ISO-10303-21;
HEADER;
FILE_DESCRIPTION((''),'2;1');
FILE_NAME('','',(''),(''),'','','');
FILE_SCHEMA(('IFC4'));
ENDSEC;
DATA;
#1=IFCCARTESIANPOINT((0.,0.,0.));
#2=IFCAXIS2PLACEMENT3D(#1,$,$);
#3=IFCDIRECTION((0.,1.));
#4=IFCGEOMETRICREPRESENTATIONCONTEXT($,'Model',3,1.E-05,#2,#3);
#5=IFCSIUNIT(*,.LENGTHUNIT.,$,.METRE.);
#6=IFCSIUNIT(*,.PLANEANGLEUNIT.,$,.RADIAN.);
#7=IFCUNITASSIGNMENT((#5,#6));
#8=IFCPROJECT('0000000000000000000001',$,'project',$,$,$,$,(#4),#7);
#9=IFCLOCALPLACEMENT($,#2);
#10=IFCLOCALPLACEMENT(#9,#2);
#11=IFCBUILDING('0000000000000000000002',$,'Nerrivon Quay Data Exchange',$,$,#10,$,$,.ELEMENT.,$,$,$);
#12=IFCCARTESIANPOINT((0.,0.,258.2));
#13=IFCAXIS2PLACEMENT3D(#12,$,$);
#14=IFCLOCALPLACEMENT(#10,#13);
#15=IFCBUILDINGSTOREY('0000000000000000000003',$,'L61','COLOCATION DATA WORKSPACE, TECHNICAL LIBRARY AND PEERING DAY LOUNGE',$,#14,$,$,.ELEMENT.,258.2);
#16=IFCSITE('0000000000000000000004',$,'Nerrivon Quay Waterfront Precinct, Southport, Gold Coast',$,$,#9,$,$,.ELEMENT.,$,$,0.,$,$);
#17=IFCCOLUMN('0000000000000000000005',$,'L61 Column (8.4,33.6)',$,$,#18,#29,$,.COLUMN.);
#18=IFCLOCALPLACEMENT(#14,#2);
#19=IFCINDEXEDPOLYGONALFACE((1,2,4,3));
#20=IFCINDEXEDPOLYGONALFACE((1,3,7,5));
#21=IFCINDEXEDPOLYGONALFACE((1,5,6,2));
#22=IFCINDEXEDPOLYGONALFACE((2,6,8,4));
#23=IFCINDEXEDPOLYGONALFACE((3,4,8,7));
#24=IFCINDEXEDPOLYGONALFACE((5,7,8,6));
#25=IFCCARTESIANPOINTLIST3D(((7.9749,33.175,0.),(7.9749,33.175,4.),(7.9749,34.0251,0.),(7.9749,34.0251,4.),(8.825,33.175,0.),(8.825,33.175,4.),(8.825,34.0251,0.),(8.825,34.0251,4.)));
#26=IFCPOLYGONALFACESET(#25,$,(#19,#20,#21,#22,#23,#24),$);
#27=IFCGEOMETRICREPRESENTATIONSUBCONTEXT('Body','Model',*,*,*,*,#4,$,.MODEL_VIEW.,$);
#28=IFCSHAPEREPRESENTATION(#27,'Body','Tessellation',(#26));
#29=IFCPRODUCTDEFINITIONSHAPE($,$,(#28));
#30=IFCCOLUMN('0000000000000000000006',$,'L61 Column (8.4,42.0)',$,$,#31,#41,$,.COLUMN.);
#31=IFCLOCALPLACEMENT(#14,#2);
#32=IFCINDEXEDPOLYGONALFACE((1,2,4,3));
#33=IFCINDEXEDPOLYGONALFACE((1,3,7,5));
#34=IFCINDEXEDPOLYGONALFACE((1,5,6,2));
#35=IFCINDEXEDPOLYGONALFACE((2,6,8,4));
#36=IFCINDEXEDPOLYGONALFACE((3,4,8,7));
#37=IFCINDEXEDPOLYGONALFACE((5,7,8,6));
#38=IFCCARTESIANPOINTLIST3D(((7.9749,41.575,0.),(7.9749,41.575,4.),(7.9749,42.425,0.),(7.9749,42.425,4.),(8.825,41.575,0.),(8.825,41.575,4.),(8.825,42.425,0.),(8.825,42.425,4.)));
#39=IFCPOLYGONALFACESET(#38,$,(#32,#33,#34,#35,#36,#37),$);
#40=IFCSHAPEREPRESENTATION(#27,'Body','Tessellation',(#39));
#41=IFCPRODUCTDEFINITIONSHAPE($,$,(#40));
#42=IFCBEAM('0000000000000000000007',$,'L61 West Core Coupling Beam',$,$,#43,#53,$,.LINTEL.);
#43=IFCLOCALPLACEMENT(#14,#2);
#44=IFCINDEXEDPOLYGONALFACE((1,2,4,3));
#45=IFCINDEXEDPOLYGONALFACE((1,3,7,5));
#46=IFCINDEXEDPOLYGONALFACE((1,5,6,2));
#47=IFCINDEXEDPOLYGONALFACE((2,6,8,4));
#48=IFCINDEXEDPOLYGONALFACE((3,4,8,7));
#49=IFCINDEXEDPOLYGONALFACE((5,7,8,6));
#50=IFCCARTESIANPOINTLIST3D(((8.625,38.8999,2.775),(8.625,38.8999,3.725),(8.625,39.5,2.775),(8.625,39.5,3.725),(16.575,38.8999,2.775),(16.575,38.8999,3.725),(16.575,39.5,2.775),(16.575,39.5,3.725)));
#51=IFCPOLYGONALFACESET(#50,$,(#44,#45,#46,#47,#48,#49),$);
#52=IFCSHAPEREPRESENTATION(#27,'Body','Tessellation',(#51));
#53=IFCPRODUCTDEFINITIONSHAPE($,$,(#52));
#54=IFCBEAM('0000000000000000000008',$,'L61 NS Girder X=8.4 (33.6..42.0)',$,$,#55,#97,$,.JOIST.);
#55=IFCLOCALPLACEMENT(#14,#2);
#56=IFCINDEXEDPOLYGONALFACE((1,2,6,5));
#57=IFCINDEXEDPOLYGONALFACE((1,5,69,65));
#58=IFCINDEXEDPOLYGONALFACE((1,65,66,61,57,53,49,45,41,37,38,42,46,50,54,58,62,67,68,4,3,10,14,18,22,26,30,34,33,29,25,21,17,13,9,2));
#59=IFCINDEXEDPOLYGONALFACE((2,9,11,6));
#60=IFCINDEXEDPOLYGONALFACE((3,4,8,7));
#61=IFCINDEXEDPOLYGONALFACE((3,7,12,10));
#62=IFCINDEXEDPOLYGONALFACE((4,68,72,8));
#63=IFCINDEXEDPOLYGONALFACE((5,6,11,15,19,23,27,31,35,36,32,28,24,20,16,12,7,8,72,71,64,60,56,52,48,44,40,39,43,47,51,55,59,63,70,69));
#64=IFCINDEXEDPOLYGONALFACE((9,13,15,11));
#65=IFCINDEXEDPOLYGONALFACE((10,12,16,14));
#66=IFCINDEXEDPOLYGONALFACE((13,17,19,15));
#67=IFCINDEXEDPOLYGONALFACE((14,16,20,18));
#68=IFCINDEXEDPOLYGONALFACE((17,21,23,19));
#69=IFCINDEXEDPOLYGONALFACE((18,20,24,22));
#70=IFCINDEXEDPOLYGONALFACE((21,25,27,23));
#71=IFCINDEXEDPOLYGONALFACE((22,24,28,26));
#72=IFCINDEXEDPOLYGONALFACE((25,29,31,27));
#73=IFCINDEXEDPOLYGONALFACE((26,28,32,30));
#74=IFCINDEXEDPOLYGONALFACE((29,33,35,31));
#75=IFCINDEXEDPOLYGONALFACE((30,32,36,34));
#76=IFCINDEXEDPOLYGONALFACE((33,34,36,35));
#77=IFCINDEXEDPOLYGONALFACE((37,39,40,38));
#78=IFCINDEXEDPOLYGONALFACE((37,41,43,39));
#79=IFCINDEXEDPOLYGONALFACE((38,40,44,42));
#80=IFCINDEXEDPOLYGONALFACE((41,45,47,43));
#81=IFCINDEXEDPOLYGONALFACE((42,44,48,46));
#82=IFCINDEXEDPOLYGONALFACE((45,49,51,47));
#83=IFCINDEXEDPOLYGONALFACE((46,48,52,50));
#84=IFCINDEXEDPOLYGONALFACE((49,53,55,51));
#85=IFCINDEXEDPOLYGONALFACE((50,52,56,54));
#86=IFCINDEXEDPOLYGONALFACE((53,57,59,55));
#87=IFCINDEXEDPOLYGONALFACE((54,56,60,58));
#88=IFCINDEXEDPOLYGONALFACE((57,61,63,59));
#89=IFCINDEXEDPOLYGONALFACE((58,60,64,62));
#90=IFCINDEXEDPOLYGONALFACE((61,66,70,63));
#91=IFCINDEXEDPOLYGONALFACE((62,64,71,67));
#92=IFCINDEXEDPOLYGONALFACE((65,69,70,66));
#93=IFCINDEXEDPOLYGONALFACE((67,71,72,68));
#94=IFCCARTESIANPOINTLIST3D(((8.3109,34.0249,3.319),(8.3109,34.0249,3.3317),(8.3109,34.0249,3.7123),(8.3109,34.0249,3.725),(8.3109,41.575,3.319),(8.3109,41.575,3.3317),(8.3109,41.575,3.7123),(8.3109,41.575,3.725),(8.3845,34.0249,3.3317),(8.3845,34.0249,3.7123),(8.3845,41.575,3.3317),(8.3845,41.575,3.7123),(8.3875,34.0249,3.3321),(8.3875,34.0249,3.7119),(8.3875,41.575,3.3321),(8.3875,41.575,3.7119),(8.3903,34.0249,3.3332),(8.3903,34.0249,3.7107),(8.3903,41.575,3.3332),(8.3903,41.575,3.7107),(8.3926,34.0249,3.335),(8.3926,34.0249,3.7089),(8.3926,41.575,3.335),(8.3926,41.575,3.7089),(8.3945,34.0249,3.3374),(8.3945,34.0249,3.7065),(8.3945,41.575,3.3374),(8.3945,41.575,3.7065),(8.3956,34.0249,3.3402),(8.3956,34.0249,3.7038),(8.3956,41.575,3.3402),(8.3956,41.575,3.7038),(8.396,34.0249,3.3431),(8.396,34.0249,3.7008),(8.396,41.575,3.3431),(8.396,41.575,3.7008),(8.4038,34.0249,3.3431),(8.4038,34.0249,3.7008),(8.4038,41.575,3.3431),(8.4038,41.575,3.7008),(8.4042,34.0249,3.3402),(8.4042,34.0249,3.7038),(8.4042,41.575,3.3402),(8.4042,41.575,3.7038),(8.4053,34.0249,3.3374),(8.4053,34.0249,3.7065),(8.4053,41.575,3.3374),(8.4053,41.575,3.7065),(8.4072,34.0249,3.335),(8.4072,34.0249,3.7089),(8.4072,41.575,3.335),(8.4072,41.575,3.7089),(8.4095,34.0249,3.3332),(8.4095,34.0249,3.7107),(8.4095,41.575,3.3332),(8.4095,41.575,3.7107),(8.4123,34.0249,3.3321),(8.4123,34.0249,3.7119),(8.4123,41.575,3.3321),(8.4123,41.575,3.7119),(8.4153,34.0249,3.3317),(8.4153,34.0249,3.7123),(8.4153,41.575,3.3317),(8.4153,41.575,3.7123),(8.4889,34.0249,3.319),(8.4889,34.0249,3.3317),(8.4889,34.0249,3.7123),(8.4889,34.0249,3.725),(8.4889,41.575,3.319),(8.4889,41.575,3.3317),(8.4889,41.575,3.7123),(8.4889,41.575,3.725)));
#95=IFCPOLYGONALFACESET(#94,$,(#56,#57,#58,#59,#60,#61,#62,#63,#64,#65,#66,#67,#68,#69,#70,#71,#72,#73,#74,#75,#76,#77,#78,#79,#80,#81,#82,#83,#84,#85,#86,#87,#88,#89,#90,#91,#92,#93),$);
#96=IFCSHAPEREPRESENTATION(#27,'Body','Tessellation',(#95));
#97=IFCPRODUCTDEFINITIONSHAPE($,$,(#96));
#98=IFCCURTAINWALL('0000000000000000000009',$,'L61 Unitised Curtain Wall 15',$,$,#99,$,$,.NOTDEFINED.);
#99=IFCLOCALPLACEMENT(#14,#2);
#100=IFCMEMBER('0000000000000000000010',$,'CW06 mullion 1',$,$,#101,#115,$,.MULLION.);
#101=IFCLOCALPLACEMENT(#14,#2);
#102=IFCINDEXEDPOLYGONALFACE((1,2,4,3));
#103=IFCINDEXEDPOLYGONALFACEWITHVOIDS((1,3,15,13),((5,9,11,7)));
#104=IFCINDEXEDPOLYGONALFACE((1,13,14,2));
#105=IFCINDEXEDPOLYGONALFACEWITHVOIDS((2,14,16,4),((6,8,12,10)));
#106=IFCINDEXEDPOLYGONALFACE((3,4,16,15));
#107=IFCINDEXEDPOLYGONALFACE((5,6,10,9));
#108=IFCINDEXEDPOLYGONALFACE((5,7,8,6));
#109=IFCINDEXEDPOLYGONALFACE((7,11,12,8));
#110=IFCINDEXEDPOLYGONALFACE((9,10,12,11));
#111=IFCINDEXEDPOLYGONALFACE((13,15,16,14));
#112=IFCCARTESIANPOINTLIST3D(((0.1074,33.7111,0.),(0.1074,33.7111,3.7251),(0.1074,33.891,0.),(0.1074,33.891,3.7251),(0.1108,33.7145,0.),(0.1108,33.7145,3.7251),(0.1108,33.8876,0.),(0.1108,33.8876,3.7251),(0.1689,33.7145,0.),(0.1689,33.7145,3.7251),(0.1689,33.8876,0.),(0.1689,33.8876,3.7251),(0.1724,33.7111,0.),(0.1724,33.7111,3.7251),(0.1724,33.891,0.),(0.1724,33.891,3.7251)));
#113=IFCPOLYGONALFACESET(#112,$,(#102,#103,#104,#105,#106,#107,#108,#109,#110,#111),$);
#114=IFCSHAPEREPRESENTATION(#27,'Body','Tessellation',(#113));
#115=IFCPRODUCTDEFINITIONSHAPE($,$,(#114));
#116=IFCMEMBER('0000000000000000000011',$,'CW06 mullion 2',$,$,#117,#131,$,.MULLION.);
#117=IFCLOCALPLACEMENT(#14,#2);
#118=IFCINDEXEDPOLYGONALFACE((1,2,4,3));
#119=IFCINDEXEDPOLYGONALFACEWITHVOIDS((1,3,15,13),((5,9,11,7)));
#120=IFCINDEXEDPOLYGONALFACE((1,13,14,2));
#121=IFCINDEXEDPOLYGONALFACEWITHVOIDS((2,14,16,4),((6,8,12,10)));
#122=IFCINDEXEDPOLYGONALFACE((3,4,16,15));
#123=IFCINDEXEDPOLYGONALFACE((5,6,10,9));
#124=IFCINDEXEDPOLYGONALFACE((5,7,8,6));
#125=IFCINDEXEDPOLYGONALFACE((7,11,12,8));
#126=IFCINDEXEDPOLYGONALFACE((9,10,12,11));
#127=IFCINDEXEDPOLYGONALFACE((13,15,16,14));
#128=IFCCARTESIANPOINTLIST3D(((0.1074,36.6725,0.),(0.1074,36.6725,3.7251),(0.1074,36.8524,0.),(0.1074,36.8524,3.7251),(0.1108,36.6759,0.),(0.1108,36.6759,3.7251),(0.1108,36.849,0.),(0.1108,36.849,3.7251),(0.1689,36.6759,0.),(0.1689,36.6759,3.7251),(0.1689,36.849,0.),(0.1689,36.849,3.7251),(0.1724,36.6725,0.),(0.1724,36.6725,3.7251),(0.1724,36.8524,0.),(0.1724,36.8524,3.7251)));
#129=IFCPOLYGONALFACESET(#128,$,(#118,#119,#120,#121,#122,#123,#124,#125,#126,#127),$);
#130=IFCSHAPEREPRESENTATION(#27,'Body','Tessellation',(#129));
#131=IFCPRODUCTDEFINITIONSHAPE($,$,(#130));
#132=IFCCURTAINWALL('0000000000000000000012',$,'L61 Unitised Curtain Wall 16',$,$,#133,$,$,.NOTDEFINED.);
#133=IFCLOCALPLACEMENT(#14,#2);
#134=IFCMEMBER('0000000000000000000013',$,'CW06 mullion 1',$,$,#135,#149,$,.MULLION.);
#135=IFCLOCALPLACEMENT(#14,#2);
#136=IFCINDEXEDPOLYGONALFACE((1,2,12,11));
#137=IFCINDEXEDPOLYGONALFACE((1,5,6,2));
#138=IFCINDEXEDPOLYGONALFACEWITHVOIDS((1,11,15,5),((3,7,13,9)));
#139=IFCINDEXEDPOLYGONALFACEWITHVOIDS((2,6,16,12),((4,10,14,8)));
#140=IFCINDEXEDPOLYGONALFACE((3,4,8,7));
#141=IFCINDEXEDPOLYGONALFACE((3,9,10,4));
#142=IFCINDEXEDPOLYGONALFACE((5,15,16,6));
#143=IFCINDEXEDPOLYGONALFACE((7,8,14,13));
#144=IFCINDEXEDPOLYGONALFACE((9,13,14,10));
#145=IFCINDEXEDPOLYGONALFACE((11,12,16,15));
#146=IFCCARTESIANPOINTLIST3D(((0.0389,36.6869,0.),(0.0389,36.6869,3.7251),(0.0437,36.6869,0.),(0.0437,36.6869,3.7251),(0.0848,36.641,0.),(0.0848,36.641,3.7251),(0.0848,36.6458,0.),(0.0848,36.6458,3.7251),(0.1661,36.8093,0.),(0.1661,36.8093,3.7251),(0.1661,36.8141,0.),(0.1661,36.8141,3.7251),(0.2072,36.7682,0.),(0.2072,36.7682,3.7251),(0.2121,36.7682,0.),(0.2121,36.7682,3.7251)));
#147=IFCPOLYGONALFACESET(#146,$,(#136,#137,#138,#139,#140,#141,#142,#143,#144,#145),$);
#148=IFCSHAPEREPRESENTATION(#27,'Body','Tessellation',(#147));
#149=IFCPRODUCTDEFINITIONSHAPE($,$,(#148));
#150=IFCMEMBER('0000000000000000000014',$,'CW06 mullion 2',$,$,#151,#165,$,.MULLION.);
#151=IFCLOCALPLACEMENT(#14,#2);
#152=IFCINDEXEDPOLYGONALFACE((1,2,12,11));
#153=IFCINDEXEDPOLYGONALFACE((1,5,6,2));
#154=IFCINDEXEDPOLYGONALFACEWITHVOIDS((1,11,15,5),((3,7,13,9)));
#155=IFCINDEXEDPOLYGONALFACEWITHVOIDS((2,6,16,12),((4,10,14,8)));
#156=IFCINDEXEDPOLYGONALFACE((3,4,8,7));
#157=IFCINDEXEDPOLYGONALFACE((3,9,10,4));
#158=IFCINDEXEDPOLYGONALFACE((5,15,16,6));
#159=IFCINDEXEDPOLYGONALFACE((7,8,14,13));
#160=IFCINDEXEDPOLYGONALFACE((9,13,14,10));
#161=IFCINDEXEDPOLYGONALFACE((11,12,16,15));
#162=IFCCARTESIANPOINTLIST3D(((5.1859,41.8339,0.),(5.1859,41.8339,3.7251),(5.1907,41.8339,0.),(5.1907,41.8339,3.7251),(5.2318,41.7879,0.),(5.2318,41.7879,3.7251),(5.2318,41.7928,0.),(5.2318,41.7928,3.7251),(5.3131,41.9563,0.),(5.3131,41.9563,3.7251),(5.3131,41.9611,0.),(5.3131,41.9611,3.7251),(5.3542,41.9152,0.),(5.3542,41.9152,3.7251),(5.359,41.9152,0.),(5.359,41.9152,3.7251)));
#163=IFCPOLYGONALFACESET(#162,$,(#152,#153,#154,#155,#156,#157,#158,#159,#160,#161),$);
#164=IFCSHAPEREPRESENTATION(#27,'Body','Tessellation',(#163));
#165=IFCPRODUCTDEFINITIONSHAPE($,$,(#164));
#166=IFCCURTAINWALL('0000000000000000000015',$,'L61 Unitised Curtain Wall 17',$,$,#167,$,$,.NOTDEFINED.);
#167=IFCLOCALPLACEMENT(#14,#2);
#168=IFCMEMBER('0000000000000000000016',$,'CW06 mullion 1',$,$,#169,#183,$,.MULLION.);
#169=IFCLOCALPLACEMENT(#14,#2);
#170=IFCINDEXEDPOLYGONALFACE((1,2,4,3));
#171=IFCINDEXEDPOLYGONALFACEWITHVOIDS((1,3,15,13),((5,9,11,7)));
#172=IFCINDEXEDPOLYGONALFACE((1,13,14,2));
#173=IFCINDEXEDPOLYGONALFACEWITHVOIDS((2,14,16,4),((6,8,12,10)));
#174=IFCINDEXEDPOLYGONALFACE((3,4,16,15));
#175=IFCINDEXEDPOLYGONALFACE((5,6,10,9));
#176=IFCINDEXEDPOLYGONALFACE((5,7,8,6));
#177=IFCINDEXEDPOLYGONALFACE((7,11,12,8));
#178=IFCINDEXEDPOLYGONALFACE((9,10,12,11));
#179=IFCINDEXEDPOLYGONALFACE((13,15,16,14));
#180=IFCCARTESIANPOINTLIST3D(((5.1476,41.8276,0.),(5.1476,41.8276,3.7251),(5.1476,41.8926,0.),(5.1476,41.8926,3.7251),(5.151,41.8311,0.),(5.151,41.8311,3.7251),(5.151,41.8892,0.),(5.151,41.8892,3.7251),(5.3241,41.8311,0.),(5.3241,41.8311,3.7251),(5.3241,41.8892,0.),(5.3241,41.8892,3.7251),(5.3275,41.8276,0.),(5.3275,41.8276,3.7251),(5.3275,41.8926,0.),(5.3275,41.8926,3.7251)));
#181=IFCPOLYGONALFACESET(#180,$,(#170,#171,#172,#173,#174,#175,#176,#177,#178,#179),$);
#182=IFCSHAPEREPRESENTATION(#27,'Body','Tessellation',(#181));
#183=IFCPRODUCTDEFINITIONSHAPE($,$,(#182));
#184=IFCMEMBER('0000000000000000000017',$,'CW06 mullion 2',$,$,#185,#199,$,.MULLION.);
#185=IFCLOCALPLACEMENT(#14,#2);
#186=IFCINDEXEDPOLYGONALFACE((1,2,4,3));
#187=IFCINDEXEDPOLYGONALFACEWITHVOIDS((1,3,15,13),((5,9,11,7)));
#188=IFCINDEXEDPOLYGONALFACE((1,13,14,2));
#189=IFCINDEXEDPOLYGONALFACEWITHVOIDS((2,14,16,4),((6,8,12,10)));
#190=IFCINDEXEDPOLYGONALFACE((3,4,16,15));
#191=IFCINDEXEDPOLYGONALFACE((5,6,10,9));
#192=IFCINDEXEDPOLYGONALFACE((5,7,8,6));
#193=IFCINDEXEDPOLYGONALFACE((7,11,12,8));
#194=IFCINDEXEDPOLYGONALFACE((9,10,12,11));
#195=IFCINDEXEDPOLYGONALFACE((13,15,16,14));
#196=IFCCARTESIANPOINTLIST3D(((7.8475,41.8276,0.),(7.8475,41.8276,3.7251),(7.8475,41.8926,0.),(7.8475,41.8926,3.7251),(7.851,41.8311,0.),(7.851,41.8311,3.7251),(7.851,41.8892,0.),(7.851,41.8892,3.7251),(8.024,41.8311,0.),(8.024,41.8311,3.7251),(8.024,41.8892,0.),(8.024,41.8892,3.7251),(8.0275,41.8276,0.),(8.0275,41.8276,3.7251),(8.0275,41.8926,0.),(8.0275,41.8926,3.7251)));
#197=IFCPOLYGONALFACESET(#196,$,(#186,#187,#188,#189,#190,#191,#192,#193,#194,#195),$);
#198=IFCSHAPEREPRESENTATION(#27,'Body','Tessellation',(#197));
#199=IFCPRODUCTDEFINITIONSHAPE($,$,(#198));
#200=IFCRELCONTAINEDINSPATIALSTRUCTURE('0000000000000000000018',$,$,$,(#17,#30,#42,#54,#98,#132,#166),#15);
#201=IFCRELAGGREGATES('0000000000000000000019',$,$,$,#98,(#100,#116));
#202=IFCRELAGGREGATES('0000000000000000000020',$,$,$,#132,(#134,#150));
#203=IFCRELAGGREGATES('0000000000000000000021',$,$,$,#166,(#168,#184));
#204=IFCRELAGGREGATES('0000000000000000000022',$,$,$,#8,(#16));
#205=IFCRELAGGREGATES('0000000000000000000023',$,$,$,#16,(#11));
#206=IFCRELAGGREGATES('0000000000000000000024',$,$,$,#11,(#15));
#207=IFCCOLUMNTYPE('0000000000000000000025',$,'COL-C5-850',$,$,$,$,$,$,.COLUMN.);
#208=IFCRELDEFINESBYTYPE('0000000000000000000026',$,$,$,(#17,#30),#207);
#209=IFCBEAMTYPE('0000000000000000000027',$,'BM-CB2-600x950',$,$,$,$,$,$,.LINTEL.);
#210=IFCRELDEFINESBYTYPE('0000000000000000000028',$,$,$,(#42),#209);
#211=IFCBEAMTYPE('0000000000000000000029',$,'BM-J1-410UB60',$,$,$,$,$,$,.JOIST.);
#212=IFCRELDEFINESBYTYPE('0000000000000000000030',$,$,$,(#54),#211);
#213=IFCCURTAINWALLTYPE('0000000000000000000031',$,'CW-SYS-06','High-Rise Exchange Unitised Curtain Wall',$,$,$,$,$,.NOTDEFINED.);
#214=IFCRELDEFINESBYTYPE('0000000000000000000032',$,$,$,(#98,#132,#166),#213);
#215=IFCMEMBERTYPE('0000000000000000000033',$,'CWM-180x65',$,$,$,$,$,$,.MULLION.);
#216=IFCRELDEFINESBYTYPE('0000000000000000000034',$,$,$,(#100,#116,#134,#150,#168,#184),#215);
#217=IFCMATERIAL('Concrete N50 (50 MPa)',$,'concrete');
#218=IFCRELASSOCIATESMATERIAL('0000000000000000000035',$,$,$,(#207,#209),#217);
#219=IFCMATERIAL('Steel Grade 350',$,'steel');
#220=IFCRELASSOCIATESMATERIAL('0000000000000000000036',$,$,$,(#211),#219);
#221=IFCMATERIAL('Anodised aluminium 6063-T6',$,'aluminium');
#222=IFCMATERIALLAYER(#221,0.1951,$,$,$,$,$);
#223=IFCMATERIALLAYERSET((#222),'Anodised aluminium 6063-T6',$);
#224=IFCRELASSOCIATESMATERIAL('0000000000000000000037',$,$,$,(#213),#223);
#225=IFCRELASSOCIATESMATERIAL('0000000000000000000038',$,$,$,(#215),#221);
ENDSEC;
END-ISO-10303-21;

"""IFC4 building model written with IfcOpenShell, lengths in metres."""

from ifc_helpers import new_model, si_unit, direction, frame, origin, origin_2d, place, context, subcontext, project, spatial, rectangle, hollow_rectangle, i_section, extrude, material, layer, layer_set, material_profile, profile_set, type_object, element, aggregate, save


model = new_model("IFC4")

# Units and contexts
model_context = context("Model", 3, precision=1e-05, world=origin(), true_north=direction((0.0, 1.0)))
body_context = subcontext(model_context, "Body", "Model", "MODEL_VIEW")
ifc_project = project(units=[si_unit("LENGTHUNIT", "METRE"), si_unit("PLANEANGLEUNIT", "RADIAN")], contexts=[model_context])

# Site, building, storey
site_placement = place(None, origin())
site = spatial("IfcSite", under=ifc_project, at=site_placement, Name="Nerrivon Quay Waterfront Precinct, Southport, Gold Coast", CompositionType="ELEMENT", RefElevation=0.0)
building_placement = place(site_placement, origin())
building = spatial("IfcBuilding", under=site, at=building_placement, Name="Nerrivon Quay Data Exchange", CompositionType="ELEMENT")
storey_placement = place(building_placement, frame((0.0, 0.0, 258.2)))
storey = spatial("IfcBuildingStorey", under=building, at=storey_placement, Name="L61", Description="COLOCATION DATA WORKSPACE, TECHNICAL LIBRARY AND PEERING DAY LOUNGE", CompositionType="ELEMENT", Elevation=258.2)

# Columns
ifc_material_1 = material(Name="Concrete N50 (50 MPa)", Category="concrete")
ifc_material_profile_1 = material_profile(ifc_material_1, rectangle(XDim=0.8501, YDim=0.8501, at=origin_2d()), Name="RC-COL-850x850")
ifc_profile_set_1 = profile_set([ifc_material_profile_1], Name="Concrete N50 (50 MPa)")
column_type = type_object("IfcColumnType", Name="COL-C5-850", PredefinedType="COLUMN", material=ifc_profile_set_1)
for number, where, z_axis, x_axis, name in (
    (1, (8.3999, 33.6001, 0.0), (0.0, 0.0, 1.0), (1.0, 0.0, 0.0), "L61 Column (8.4,33.6)"),
    (2, (8.3999, 42.0, 0.0), (0.0, 0.0, 1.0), (1.0, 0.0, 0.0), "L61 Column (8.4,42.0)"),
):
    element("IfcColumn", number, at=place(storey_placement, frame(where, z_axis=z_axis, x_axis=x_axis)), inside=storey, type_object=column_type, Name=name, PredefinedType="COLUMN", context=body_context, shape_type="SweptSolid", body=[
        extrude(rectangle(XDim=0.8501, YDim=0.8501, at=origin_2d()), origin(), (0.0, 0.0, 1.0), 4.0),
    ])

# Beams
ifc_material_profile_2 = material_profile(ifc_material_1, rectangle(XDim=0.6001, YDim=0.95, at=origin_2d()), Name="RC-CB-600x950")
ifc_profile_set_2 = profile_set([ifc_material_profile_2], Name="Concrete N50 (50 MPa)")
beam_type_1 = type_object("IfcBeamType", Name="BM-CB2-600x950", PredefinedType="LINTEL", material=ifc_profile_set_2)
beam_1_placement = place(storey_placement, frame((8.625, 39.2, 3.25), z_axis=(1.0, 0.0, 0.0), x_axis=(0.0, 1.0, 0.0)))
element("IfcBeam", 3, at=beam_1_placement, inside=storey, type_object=beam_type_1, Name="L61 West Core Coupling Beam", PredefinedType="LINTEL", context=body_context, shape_type="SweptSolid", body=[
    extrude(rectangle(XDim=0.6001, YDim=0.95, at=origin_2d()), origin(), (0.0, 0.0, 1.0), 7.95),
])
ifc_material_2 = material(Name="Steel Grade 350", Category="steel")
ifc_material_profile_3 = material_profile(ifc_material_2, i_section(OverallWidth=0.178, OverallDepth=0.406, WebThickness=0.0078, FlangeThickness=0.0127, FilletRadius=0.0115, at=origin_2d()), Name="410UB59.7")
ifc_profile_set_3 = profile_set([ifc_material_profile_3], Name="Steel Grade 350")
beam_type_2 = type_object("IfcBeamType", Name="BM-J1-410UB60", PredefinedType="JOIST", material=ifc_profile_set_3)
beam_2_placement = place(storey_placement, frame((8.3999, 34.0249, 3.522), z_axis=(0.0, 1.0, 0.0), x_axis=(-1.0, 0.0, 0.0)))
element("IfcBeam", 4, at=beam_2_placement, inside=storey, type_object=beam_type_2, Name="L61 NS Girder X=8.4 (33.6..42.0)", PredefinedType="JOIST", context=body_context, shape_type="SweptSolid", body=[
    extrude(i_section(OverallWidth=0.178, OverallDepth=0.406, WebThickness=0.0078, FlangeThickness=0.0127, FilletRadius=0.0115, at=origin_2d()), origin(), (0.0, 0.0, 1.0), 7.55),
])

# Curtain walls, members
ifc_material_3 = material(Name="Anodised aluminium 6063-T6", Category="aluminium")
ifc_layer_1 = layer(ifc_material_3, 0.1951)
ifc_layer_set_1 = layer_set([ifc_layer_1], Name="Anodised aluminium 6063-T6")
curtain_wall_type = type_object("IfcCurtainWallType", Name="CW-SYS-06", Description="High-Rise Exchange Unitised Curtain Wall", PredefinedType="NOTDEFINED", material=ifc_layer_set_1)
curtain_wall_1_placement = place(storey_placement, origin())
curtain_wall_1 = element("IfcCurtainWall", 5, at=curtain_wall_1_placement, inside=storey, type_object=curtain_wall_type, Name="L61 Unitised Curtain Wall 15", PredefinedType="NOTDEFINED")
ifc_material_profile_4 = material_profile(ifc_material_3, hollow_rectangle(XDim=0.0649, YDim=0.1799, WallThickness=0.0034, at=origin_2d()), Name="ALU-MULL-180x65")
ifc_profile_set_4 = profile_set([ifc_material_profile_4], Name="Anodised aluminium 6063-T6")
member_type_1 = type_object("IfcMemberType", Name="CWM-180x65", PredefinedType="MULLION", material=ifc_profile_set_4)
member_1_placement = place(storey_placement, frame((0.1399, 33.801, 0.0), z_axis=(0.0, 0.0, 1.0), x_axis=(-1.0, 0.0, 0.0)))
member_1 = element("IfcMember", 6, at=member_1_placement, type_object=member_type_1, Name="CW06 mullion 1", PredefinedType="MULLION", context=body_context, shape_type="SweptSolid", body=[
    extrude(hollow_rectangle(XDim=0.0649, YDim=0.1799, WallThickness=0.0034, at=origin_2d()), origin(), (0.0, 0.0, 1.0), 3.7251),
])
member_2_placement = place(storey_placement, frame((0.1399, 36.7625, 0.0), z_axis=(0.0, 0.0, 1.0), x_axis=(-1.0, 0.0, 0.0)))
member_2 = element("IfcMember", 7, at=member_2_placement, type_object=member_type_1, Name="CW06 mullion 2", PredefinedType="MULLION", context=body_context, shape_type="SweptSolid", body=[
    extrude(hollow_rectangle(XDim=0.0649, YDim=0.1799, WallThickness=0.0034, at=origin_2d()), origin(), (0.0, 0.0, 1.0), 3.7251),
])
curtain_wall_2_placement = place(storey_placement, origin())
curtain_wall_2 = element("IfcCurtainWall", 8, at=curtain_wall_2_placement, inside=storey, type_object=curtain_wall_type, Name="L61 Unitised Curtain Wall 16", PredefinedType="NOTDEFINED")
member_3_placement = place(storey_placement, frame((0.1255, 36.7275, 0.0), z_axis=(0.0, 0.0, 1.0), x_axis=(-0.707107, 0.707107, 0.0)))
member_3 = element("IfcMember", 9, at=member_3_placement, type_object=member_type_1, Name="CW06 mullion 1", PredefinedType="MULLION", context=body_context, shape_type="SweptSolid", body=[
    extrude(hollow_rectangle(XDim=0.0649, YDim=0.1799, WallThickness=0.0034, at=origin_2d()), origin(), (0.0, 0.0, 1.0), 3.7251),
])
member_4_placement = place(storey_placement, frame((5.2725, 41.8745, 0.0), z_axis=(0.0, 0.0, 1.0), x_axis=(-0.707107, 0.707107, 0.0)))
member_4 = element("IfcMember", 10, at=member_4_placement, type_object=member_type_1, Name="CW06 mullion 2", PredefinedType="MULLION", context=body_context, shape_type="SweptSolid", body=[
    extrude(hollow_rectangle(XDim=0.0649, YDim=0.1799, WallThickness=0.0034, at=origin_2d()), origin(), (0.0, 0.0, 1.0), 3.7251),
])
curtain_wall_3_placement = place(storey_placement, origin())
curtain_wall_3 = element("IfcCurtainWall", 11, at=curtain_wall_3_placement, inside=storey, type_object=curtain_wall_type, Name="L61 Unitised Curtain Wall 17", PredefinedType="NOTDEFINED")
member_5_placement = place(storey_placement, frame((5.2375, 41.8601, 0.0), z_axis=(0.0, 0.0, 1.0), x_axis=(0.0, 1.0, 0.0)))
member_5 = element("IfcMember", 12, at=member_5_placement, type_object=member_type_1, Name="CW06 mullion 1", PredefinedType="MULLION", context=body_context, shape_type="SweptSolid", body=[
    extrude(hollow_rectangle(XDim=0.0649, YDim=0.1799, WallThickness=0.0034, at=origin_2d()), origin(), (0.0, 0.0, 1.0), 3.7251),
])
member_6_placement = place(storey_placement, frame((7.9375, 41.8601, 0.0), z_axis=(0.0, 0.0, 1.0), x_axis=(0.0, 1.0, 0.0)))
member_6 = element("IfcMember", 13, at=member_6_placement, type_object=member_type_1, Name="CW06 mullion 2", PredefinedType="MULLION", context=body_context, shape_type="SweptSolid", body=[
    extrude(hollow_rectangle(XDim=0.0649, YDim=0.1799, WallThickness=0.0034, at=origin_2d()), origin(), (0.0, 0.0, 1.0), 3.7251),
])

aggregate(curtain_wall_1, [member_1, member_2])
aggregate(curtain_wall_2, [member_3, member_4])
aggregate(curtain_wall_3, [member_5, member_6])

save(model, "model.ifc")
